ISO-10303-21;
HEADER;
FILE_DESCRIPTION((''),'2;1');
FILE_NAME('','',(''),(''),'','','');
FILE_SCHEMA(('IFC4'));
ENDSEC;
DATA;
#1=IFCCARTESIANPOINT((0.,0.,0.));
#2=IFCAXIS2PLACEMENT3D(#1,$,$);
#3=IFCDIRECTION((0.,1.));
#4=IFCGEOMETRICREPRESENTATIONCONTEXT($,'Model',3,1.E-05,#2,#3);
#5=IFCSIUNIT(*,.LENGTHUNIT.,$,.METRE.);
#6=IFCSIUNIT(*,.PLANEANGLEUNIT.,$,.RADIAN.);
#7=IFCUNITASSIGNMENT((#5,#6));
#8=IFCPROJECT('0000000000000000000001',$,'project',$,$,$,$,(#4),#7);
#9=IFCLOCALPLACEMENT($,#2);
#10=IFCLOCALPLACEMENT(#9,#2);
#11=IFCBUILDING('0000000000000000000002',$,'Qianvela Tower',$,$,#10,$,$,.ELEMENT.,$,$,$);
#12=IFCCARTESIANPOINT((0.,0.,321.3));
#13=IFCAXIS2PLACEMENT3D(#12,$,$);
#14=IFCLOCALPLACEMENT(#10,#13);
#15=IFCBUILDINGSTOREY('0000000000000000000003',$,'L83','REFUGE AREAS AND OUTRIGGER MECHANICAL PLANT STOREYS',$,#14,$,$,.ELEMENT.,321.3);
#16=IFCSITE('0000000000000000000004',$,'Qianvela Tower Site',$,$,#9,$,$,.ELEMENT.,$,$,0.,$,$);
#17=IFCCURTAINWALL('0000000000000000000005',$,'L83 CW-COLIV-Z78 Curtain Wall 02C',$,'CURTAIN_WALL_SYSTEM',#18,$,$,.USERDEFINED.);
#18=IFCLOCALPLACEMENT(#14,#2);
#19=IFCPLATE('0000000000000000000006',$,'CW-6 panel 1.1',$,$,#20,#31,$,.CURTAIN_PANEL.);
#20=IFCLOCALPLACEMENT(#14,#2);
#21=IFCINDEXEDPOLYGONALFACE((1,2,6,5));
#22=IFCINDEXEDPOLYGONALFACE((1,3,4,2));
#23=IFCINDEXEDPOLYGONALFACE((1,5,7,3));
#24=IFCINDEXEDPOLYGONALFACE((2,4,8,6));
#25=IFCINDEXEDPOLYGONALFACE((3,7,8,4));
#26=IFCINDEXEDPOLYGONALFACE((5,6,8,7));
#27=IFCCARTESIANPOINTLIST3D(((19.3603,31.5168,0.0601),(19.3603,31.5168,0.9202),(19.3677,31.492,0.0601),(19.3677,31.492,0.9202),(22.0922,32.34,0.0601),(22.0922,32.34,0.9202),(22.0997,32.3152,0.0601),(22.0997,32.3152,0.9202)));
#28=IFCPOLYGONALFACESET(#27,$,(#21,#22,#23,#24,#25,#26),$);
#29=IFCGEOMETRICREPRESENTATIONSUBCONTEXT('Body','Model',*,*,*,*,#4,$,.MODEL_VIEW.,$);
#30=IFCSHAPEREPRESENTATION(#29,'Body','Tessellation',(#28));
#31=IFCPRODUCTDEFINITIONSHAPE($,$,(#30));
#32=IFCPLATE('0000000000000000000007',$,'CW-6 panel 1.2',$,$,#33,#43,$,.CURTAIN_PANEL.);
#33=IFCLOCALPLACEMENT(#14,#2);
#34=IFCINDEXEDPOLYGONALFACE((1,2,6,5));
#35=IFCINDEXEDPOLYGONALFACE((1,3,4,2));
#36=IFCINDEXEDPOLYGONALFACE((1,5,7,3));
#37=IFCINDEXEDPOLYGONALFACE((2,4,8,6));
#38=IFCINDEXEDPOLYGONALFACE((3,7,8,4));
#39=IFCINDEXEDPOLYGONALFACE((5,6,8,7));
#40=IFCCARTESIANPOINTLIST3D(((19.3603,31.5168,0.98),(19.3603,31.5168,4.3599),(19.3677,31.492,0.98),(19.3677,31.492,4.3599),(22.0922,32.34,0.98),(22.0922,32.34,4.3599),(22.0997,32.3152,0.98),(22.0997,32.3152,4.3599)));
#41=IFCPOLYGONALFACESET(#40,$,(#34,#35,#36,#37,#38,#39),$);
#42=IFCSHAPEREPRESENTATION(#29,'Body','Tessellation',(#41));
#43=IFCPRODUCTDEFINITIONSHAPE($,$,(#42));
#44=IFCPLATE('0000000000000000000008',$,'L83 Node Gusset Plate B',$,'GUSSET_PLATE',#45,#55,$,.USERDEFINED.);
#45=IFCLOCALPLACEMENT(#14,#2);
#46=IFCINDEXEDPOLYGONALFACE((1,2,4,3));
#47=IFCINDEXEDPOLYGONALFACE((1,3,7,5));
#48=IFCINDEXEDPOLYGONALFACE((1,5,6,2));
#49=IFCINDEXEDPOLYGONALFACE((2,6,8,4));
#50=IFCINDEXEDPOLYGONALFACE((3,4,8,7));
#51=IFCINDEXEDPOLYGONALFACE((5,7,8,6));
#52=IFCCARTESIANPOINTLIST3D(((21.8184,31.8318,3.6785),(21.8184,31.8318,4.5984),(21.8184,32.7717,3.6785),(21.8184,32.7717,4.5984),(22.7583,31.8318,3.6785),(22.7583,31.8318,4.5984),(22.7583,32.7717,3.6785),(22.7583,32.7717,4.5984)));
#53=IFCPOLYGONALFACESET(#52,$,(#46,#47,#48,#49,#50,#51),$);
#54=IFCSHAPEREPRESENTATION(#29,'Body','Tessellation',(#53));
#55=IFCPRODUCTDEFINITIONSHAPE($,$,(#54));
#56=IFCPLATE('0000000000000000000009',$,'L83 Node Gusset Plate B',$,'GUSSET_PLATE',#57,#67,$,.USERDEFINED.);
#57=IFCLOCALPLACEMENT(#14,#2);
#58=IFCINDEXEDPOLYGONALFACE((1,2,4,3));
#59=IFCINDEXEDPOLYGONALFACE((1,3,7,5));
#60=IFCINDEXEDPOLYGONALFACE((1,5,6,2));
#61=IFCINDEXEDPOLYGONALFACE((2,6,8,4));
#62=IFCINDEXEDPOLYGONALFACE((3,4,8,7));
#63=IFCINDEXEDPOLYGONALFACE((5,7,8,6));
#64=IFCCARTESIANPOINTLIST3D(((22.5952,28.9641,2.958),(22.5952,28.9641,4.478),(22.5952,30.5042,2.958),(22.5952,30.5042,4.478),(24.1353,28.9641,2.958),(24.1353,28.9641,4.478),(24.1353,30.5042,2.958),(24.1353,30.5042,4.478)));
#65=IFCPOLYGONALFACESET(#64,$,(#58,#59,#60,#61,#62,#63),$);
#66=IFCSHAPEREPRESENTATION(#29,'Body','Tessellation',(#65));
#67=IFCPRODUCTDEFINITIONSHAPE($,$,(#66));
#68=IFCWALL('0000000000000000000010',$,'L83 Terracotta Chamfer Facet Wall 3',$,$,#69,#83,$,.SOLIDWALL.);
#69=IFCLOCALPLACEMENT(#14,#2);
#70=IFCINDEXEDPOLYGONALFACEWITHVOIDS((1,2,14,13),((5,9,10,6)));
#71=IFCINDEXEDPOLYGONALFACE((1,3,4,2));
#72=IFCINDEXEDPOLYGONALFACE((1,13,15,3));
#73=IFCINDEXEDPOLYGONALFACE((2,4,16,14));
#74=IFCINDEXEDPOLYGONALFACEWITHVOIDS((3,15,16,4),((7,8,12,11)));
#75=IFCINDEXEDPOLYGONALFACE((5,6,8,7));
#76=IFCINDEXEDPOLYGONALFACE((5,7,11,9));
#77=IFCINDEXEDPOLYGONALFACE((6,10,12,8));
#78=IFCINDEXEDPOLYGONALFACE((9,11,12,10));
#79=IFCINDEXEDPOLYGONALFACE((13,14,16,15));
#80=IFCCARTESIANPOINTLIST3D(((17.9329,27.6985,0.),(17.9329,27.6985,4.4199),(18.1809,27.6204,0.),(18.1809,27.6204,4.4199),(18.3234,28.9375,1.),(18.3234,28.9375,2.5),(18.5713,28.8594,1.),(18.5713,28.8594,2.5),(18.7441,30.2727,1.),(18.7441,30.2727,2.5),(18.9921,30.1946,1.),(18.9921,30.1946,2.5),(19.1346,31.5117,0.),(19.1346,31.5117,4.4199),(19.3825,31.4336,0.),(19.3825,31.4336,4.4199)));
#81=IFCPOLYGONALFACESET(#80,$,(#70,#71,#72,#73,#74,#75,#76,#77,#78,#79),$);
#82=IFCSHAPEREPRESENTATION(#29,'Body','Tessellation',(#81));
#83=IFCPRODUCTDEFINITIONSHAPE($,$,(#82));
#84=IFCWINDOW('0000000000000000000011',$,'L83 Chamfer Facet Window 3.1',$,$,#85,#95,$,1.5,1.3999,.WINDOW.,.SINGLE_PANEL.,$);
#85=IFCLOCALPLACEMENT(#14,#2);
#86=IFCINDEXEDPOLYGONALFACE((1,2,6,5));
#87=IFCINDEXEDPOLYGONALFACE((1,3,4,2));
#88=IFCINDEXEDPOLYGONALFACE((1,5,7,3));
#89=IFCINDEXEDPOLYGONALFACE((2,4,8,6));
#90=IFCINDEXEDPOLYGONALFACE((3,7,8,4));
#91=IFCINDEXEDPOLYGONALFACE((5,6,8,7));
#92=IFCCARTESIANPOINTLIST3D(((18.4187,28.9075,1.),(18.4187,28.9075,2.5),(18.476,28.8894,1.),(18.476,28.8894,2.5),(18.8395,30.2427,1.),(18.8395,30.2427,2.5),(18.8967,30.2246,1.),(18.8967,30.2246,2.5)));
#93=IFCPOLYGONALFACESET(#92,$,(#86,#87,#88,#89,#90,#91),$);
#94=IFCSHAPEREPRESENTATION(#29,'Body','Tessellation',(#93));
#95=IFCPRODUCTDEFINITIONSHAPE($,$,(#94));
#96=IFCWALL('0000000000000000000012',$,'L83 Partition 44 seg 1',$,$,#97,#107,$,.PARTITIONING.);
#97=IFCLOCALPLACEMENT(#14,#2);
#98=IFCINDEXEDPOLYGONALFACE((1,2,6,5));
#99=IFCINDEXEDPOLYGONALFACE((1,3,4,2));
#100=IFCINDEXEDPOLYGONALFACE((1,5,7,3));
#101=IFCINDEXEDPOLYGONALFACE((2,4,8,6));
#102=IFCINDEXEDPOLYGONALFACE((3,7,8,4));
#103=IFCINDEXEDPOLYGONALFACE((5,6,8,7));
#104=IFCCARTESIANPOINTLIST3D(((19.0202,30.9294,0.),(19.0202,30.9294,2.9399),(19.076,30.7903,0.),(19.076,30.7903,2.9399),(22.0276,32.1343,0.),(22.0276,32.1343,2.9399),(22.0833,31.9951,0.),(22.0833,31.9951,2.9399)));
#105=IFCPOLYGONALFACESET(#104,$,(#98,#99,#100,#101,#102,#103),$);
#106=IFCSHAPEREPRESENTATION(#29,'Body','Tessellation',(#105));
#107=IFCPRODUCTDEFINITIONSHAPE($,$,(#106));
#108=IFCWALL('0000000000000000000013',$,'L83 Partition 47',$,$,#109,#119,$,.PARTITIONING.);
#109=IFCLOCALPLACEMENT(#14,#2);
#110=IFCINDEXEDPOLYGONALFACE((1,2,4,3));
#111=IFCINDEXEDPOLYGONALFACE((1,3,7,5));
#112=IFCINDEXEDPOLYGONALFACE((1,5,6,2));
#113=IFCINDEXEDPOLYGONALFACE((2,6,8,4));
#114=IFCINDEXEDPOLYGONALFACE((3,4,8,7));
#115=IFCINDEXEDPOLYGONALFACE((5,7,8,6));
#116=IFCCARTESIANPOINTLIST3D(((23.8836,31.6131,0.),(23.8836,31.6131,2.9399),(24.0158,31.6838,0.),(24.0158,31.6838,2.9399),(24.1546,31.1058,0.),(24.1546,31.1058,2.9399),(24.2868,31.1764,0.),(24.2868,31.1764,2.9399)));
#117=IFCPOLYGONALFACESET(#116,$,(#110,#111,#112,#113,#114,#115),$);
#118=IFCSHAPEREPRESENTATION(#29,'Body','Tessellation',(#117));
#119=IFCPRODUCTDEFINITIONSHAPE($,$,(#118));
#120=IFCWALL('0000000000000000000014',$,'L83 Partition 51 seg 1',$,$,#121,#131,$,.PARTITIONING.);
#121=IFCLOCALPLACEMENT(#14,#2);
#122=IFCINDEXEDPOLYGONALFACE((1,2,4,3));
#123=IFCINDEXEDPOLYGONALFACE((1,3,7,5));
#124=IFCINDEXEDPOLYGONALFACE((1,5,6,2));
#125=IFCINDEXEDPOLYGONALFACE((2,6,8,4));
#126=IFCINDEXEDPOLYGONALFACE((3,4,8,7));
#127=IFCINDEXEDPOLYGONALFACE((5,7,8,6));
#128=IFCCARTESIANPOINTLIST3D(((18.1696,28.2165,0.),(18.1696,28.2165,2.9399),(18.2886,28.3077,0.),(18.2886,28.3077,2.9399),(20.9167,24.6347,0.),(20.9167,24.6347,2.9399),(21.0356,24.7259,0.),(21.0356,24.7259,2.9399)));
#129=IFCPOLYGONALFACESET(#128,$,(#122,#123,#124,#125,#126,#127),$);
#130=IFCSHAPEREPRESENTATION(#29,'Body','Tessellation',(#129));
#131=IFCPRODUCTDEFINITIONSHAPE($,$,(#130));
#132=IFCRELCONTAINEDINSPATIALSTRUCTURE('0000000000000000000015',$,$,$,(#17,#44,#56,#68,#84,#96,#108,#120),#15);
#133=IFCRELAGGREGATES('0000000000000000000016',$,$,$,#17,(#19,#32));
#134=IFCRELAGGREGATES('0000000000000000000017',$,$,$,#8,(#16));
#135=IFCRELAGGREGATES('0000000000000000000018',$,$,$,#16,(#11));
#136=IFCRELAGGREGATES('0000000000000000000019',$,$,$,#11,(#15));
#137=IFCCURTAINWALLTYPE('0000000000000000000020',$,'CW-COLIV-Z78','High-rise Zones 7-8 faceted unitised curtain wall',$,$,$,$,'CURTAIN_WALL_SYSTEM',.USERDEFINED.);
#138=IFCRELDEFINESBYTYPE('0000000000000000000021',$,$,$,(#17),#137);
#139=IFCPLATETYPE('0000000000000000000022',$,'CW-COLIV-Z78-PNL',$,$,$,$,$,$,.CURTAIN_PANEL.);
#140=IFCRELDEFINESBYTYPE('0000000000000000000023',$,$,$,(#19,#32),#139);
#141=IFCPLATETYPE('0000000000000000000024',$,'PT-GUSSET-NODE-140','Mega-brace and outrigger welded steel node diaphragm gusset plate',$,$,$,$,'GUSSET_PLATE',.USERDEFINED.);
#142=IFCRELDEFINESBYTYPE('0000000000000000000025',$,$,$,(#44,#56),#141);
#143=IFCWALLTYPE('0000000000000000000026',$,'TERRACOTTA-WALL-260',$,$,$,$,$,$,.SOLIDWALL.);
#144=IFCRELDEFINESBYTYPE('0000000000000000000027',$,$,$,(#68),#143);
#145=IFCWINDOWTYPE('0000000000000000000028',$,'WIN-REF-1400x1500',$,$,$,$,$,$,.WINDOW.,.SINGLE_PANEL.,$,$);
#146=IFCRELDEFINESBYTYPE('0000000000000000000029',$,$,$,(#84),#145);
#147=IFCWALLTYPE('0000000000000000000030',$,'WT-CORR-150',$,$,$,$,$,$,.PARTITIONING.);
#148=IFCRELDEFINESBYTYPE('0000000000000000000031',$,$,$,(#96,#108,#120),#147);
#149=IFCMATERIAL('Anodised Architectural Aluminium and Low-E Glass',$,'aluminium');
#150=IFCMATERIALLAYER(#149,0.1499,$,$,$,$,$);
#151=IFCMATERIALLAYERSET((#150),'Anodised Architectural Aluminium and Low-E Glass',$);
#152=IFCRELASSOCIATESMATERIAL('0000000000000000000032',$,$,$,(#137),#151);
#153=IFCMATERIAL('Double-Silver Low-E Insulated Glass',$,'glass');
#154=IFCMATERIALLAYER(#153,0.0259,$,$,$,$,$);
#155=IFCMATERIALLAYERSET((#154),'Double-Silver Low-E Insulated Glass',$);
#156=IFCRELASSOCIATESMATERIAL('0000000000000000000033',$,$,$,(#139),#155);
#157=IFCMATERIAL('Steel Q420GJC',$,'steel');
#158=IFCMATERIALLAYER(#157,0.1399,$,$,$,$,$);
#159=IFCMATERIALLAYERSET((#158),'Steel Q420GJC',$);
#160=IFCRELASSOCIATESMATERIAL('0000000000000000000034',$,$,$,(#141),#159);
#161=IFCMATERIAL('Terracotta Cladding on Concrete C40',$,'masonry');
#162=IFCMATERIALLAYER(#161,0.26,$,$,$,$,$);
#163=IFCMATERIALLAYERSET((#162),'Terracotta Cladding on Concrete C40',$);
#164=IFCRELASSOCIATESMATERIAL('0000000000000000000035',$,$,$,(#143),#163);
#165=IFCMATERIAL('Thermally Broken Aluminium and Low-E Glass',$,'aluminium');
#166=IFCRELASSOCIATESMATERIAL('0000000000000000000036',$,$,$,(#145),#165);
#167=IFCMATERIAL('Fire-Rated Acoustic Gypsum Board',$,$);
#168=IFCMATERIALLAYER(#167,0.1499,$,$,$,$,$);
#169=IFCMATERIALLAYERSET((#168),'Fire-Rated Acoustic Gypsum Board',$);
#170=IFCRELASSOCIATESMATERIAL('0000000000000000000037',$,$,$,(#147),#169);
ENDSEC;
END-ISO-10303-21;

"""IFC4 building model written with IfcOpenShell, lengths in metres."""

from ifc_helpers import new_model, si_unit, direction, frame, frame_2d, origin, origin_2d, place, context, subcontext, project, spatial, rectangle, extrude, material, layer, layer_set, type_object, element, fill, aggregate, save


model = new_model("IFC4")

# Units and contexts
model_context = context("Model", 3, precision=1e-05, world=origin(), true_north=direction((0.0, 1.0)))
body_context = subcontext(model_context, "Body", "Model", "MODEL_VIEW")
ifc_project = project(units=[si_unit("LENGTHUNIT", "METRE"), si_unit("PLANEANGLEUNIT", "RADIAN")], contexts=[model_context])

# Site, building, storey
site_placement = place(None, origin())
site = spatial("IfcSite", under=ifc_project, at=site_placement, Name="Qianvela Tower Site", CompositionType="ELEMENT", RefElevation=0.0)
building_placement = place(site_placement, origin())
building = spatial("IfcBuilding", under=site, at=building_placement, Name="Qianvela Tower", CompositionType="ELEMENT")
storey_placement = place(building_placement, frame((0.0, 0.0, 321.3)))
storey = spatial("IfcBuildingStorey", under=building, at=storey_placement, Name="L83", Description="REFUGE AREAS AND OUTRIGGER MECHANICAL PLANT STOREYS", CompositionType="ELEMENT", Elevation=321.3)

# Curtain wall
ifc_material_1 = material(Name="Anodised Architectural Aluminium and Low-E Glass", Category="aluminium")
ifc_layer_1 = layer(ifc_material_1, 0.1499)
ifc_layer_set_1 = layer_set([ifc_layer_1], Name="Anodised Architectural Aluminium and Low-E Glass")
curtain_wall_type_1 = type_object("IfcCurtainWallType", Name="CW-COLIV-Z78", Description="High-rise Zones 7-8 faceted unitised curtain wall", ElementType="CURTAIN_WALL_SYSTEM", PredefinedType="USERDEFINED", material=ifc_layer_set_1)
curtain_wall_1_placement = place(storey_placement, origin())
curtain_wall_1 = element("IfcCurtainWall", 1, at=curtain_wall_1_placement, inside=storey, type_object=curtain_wall_type_1, Name="L83 CW-COLIV-Z78 Curtain Wall 02C", ObjectType="CURTAIN_WALL_SYSTEM", PredefinedType="USERDEFINED")

# Plates
ifc_material_2 = material(Name="Double-Silver Low-E Insulated Glass", Category="glass")
ifc_layer_2 = layer(ifc_material_2, 0.0259)
ifc_layer_set_2 = layer_set([ifc_layer_2], Name="Double-Silver Low-E Insulated Glass")
plate_type_1 = type_object("IfcPlateType", Name="CW-COLIV-Z78-PNL", PredefinedType="CURTAIN_PANEL", material=ifc_layer_set_2)
plate_1_placement = place(storey_placement, frame((20.73, 31.916, 0.0601), z_axis=(0.0, 0.0, 1.0), x_axis=(-0.957478, -0.288508, 0.0)))
plate_1 = element("IfcPlate", 2, at=plate_1_placement, type_object=plate_type_1, Name="CW-6 panel 1.1", PredefinedType="CURTAIN_PANEL", context=body_context, shape_type="SweptSolid", body=[
    extrude(rectangle(XDim=2.8533, YDim=0.0259, at=origin_2d()), origin(), (0.0, 0.0, 1.0), 0.8601),
])
plate_2_placement = place(storey_placement, frame((20.73, 31.916, 0.98), z_axis=(0.0, 0.0, 1.0), x_axis=(-0.957478, -0.288508, 0.0)))
plate_2 = element("IfcPlate", 3, at=plate_2_placement, type_object=plate_type_1, Name="CW-6 panel 1.2", PredefinedType="CURTAIN_PANEL", context=body_context, shape_type="SweptSolid", body=[
    extrude(rectangle(XDim=2.8533, YDim=0.0259, at=origin_2d()), origin(), (0.0, 0.0, 1.0), 3.3799),
])
aggregate(curtain_wall_1, [plate_1, plate_2])

# Plates
ifc_material_3 = material(Name="Steel Q420GJC", Category="steel")
ifc_layer_3 = layer(ifc_material_3, 0.1399)
ifc_layer_set_3 = layer_set([ifc_layer_3], Name="Steel Q420GJC")
plate_type_2 = type_object("IfcPlateType", Name="PT-GUSSET-NODE-140", Description="Mega-brace and outrigger welded steel node diaphragm gusset plate", ElementType="GUSSET_PLATE", PredefinedType="USERDEFINED", material=ifc_layer_set_3)
plate_3_placement = place(storey_placement, frame((22.2883, 32.3018, 3.6785), z_axis=(0.0, 0.0, 1.0), x_axis=(1.0, 0.0, 0.0)))
element("IfcPlate", 4, at=plate_3_placement, inside=storey, type_object=plate_type_2, Name="L83 Node Gusset Plate B", ObjectType="GUSSET_PLATE", PredefinedType="USERDEFINED", context=body_context, shape_type="SweptSolid", body=[
    extrude(rectangle(XDim=0.9399, YDim=0.9399, at=origin_2d()), origin(), (0.0, 0.0, 1.0), 0.9199),
])
plate_4_placement = place(storey_placement, frame((23.3652, 29.7341, 2.958), z_axis=(0.0, 0.0, 1.0), x_axis=(1.0, 0.0, 0.0)))
element("IfcPlate", 5, at=plate_4_placement, inside=storey, type_object=plate_type_2, Name="L83 Node Gusset Plate B", ObjectType="GUSSET_PLATE", PredefinedType="USERDEFINED", context=body_context, shape_type="SweptSolid", body=[
    extrude(rectangle(XDim=1.54, YDim=1.54, at=origin_2d()), origin(), (0.0, 0.0, 1.0), 1.52),
])

# Wall, opening, window
ifc_material_4 = material(Name="Terracotta Cladding on Concrete C40", Category="masonry")
ifc_layer_4 = layer(ifc_material_4, 0.26)
ifc_layer_set_4 = layer_set([ifc_layer_4], Name="Terracotta Cladding on Concrete C40")
wall_type_1 = type_object("IfcWallType", Name="TERRACOTTA-WALL-260", PredefinedType="SOLIDWALL", material=ifc_layer_set_4)
wall_1_placement = place(storey_placement, frame((19.2585, 31.4727, 0.0), z_axis=(0.0, 0.0, 1.0), x_axis=(-0.300559, -0.953763, 0.0)))
wall_1 = element("IfcWall", 6, at=wall_1_placement, inside=storey, type_object=wall_type_1, Name="L83 Terracotta Chamfer Facet Wall 3", PredefinedType="SOLIDWALL", context=body_context, shape_type="SweptSolid", body=[
    extrude(rectangle(XDim=3.998, YDim=0.26, at=frame_2d((1.999, 0.0))), origin(), (0.0, 0.0, 1.0), 4.4199),
])
opening_placement = place(wall_1_placement, frame((1.2991, 0.0, 1.0)))
opening = element("IfcOpeningElement", 7, at=opening_placement, cuts=wall_1, PredefinedType="OPENING", context=body_context, shape_type="SweptSolid", body=[
    extrude(rectangle(XDim=1.3999, YDim=1.5, at=frame_2d((0.7, 0.75))), frame((0.0, 0.1399, 0.0), z_axis=(0.0, -1.0, 0.0), x_axis=(1.0, 0.0, 0.0)), (0.0, 0.0, 1.0), 0.28),
])
ifc_material_5 = material(Name="Thermally Broken Aluminium and Low-E Glass", Category="aluminium")
window_type = type_object("IfcWindowType", Name="WIN-REF-1400x1500", PartitioningType="SINGLE_PANEL", PredefinedType="WINDOW", material=ifc_material_5)
window_placement = place(opening_placement, origin())
window = element("IfcWindow", 8, at=window_placement, inside=storey, type_object=window_type, Name="L83 Chamfer Facet Window 3.1", OverallHeight=1.5, OverallWidth=1.3999, PartitioningType="SINGLE_PANEL", PredefinedType="WINDOW", context=body_context, shape_type="SweptSolid", body=[
    extrude(rectangle(XDim=1.3999, YDim=1.5, at=frame_2d((0.7, 0.75))), frame((0.0, 0.03, 0.0), z_axis=(0.0, -1.0, 0.0), x_axis=(1.0, 0.0, 0.0)), (0.0, 0.0, 1.0), 0.0601),
])
fill(opening, window)

# Walls
ifc_material_6 = material(Name="Fire-Rated Acoustic Gypsum Board")
ifc_layer_5 = layer(ifc_material_6, 0.1499)
ifc_layer_set_5 = layer_set([ifc_layer_5], Name="Fire-Rated Acoustic Gypsum Board")
wall_type_2 = type_object("IfcWallType", Name="WT-CORR-150", PredefinedType="PARTITIONING", material=ifc_layer_set_5)
wall_2_placement = place(storey_placement, frame((19.0481, 30.8599, 0.0), z_axis=(0.0, 0.0, 1.0), x_axis=(0.928274, 0.371897, 0.0)))
element("IfcWall", 9, at=wall_2_placement, inside=storey, type_object=wall_type_2, Name="L83 Partition 44 seg 1", PredefinedType="PARTITIONING", context=body_context, shape_type="SweptSolid", body=[
    extrude(rectangle(XDim=3.2397, YDim=0.1499, at=frame_2d((1.6199, 0.0))), origin(), (0.0, 0.0, 1.0), 2.9399),
])
wall_3_placement = place(storey_placement, frame((23.9497, 31.6484, 0.0), z_axis=(0.0, 0.0, 1.0), x_axis=(0.471161, -0.882047, 0.0)))
element("IfcWall", 10, at=wall_3_placement, inside=storey, type_object=wall_type_2, Name="L83 Partition 47", PredefinedType="PARTITIONING", context=body_context, shape_type="SweptSolid", body=[
    extrude(rectangle(XDim=0.5752, YDim=0.1499, at=frame_2d((0.2876, 0.0))), origin(), (0.0, 0.0, 1.0), 2.9399),
])
wall_4_placement = place(storey_placement, frame((20.9761, 24.6804, 0.0), z_axis=(0.0, 0.0, 1.0), x_axis=(-0.608576, 0.793496, 0.0)))
element("IfcWall", 11, at=wall_4_placement, inside=storey, type_object=wall_type_2, Name="L83 Partition 51 seg 1", PredefinedType="PARTITIONING", context=body_context, shape_type="SweptSolid", body=[
    extrude(rectangle(XDim=4.5139, YDim=0.1499, at=frame_2d((2.2568, 0.0))), origin(), (0.0, 0.0, 1.0), 2.9399),
])

save(model, "model.ifc")
